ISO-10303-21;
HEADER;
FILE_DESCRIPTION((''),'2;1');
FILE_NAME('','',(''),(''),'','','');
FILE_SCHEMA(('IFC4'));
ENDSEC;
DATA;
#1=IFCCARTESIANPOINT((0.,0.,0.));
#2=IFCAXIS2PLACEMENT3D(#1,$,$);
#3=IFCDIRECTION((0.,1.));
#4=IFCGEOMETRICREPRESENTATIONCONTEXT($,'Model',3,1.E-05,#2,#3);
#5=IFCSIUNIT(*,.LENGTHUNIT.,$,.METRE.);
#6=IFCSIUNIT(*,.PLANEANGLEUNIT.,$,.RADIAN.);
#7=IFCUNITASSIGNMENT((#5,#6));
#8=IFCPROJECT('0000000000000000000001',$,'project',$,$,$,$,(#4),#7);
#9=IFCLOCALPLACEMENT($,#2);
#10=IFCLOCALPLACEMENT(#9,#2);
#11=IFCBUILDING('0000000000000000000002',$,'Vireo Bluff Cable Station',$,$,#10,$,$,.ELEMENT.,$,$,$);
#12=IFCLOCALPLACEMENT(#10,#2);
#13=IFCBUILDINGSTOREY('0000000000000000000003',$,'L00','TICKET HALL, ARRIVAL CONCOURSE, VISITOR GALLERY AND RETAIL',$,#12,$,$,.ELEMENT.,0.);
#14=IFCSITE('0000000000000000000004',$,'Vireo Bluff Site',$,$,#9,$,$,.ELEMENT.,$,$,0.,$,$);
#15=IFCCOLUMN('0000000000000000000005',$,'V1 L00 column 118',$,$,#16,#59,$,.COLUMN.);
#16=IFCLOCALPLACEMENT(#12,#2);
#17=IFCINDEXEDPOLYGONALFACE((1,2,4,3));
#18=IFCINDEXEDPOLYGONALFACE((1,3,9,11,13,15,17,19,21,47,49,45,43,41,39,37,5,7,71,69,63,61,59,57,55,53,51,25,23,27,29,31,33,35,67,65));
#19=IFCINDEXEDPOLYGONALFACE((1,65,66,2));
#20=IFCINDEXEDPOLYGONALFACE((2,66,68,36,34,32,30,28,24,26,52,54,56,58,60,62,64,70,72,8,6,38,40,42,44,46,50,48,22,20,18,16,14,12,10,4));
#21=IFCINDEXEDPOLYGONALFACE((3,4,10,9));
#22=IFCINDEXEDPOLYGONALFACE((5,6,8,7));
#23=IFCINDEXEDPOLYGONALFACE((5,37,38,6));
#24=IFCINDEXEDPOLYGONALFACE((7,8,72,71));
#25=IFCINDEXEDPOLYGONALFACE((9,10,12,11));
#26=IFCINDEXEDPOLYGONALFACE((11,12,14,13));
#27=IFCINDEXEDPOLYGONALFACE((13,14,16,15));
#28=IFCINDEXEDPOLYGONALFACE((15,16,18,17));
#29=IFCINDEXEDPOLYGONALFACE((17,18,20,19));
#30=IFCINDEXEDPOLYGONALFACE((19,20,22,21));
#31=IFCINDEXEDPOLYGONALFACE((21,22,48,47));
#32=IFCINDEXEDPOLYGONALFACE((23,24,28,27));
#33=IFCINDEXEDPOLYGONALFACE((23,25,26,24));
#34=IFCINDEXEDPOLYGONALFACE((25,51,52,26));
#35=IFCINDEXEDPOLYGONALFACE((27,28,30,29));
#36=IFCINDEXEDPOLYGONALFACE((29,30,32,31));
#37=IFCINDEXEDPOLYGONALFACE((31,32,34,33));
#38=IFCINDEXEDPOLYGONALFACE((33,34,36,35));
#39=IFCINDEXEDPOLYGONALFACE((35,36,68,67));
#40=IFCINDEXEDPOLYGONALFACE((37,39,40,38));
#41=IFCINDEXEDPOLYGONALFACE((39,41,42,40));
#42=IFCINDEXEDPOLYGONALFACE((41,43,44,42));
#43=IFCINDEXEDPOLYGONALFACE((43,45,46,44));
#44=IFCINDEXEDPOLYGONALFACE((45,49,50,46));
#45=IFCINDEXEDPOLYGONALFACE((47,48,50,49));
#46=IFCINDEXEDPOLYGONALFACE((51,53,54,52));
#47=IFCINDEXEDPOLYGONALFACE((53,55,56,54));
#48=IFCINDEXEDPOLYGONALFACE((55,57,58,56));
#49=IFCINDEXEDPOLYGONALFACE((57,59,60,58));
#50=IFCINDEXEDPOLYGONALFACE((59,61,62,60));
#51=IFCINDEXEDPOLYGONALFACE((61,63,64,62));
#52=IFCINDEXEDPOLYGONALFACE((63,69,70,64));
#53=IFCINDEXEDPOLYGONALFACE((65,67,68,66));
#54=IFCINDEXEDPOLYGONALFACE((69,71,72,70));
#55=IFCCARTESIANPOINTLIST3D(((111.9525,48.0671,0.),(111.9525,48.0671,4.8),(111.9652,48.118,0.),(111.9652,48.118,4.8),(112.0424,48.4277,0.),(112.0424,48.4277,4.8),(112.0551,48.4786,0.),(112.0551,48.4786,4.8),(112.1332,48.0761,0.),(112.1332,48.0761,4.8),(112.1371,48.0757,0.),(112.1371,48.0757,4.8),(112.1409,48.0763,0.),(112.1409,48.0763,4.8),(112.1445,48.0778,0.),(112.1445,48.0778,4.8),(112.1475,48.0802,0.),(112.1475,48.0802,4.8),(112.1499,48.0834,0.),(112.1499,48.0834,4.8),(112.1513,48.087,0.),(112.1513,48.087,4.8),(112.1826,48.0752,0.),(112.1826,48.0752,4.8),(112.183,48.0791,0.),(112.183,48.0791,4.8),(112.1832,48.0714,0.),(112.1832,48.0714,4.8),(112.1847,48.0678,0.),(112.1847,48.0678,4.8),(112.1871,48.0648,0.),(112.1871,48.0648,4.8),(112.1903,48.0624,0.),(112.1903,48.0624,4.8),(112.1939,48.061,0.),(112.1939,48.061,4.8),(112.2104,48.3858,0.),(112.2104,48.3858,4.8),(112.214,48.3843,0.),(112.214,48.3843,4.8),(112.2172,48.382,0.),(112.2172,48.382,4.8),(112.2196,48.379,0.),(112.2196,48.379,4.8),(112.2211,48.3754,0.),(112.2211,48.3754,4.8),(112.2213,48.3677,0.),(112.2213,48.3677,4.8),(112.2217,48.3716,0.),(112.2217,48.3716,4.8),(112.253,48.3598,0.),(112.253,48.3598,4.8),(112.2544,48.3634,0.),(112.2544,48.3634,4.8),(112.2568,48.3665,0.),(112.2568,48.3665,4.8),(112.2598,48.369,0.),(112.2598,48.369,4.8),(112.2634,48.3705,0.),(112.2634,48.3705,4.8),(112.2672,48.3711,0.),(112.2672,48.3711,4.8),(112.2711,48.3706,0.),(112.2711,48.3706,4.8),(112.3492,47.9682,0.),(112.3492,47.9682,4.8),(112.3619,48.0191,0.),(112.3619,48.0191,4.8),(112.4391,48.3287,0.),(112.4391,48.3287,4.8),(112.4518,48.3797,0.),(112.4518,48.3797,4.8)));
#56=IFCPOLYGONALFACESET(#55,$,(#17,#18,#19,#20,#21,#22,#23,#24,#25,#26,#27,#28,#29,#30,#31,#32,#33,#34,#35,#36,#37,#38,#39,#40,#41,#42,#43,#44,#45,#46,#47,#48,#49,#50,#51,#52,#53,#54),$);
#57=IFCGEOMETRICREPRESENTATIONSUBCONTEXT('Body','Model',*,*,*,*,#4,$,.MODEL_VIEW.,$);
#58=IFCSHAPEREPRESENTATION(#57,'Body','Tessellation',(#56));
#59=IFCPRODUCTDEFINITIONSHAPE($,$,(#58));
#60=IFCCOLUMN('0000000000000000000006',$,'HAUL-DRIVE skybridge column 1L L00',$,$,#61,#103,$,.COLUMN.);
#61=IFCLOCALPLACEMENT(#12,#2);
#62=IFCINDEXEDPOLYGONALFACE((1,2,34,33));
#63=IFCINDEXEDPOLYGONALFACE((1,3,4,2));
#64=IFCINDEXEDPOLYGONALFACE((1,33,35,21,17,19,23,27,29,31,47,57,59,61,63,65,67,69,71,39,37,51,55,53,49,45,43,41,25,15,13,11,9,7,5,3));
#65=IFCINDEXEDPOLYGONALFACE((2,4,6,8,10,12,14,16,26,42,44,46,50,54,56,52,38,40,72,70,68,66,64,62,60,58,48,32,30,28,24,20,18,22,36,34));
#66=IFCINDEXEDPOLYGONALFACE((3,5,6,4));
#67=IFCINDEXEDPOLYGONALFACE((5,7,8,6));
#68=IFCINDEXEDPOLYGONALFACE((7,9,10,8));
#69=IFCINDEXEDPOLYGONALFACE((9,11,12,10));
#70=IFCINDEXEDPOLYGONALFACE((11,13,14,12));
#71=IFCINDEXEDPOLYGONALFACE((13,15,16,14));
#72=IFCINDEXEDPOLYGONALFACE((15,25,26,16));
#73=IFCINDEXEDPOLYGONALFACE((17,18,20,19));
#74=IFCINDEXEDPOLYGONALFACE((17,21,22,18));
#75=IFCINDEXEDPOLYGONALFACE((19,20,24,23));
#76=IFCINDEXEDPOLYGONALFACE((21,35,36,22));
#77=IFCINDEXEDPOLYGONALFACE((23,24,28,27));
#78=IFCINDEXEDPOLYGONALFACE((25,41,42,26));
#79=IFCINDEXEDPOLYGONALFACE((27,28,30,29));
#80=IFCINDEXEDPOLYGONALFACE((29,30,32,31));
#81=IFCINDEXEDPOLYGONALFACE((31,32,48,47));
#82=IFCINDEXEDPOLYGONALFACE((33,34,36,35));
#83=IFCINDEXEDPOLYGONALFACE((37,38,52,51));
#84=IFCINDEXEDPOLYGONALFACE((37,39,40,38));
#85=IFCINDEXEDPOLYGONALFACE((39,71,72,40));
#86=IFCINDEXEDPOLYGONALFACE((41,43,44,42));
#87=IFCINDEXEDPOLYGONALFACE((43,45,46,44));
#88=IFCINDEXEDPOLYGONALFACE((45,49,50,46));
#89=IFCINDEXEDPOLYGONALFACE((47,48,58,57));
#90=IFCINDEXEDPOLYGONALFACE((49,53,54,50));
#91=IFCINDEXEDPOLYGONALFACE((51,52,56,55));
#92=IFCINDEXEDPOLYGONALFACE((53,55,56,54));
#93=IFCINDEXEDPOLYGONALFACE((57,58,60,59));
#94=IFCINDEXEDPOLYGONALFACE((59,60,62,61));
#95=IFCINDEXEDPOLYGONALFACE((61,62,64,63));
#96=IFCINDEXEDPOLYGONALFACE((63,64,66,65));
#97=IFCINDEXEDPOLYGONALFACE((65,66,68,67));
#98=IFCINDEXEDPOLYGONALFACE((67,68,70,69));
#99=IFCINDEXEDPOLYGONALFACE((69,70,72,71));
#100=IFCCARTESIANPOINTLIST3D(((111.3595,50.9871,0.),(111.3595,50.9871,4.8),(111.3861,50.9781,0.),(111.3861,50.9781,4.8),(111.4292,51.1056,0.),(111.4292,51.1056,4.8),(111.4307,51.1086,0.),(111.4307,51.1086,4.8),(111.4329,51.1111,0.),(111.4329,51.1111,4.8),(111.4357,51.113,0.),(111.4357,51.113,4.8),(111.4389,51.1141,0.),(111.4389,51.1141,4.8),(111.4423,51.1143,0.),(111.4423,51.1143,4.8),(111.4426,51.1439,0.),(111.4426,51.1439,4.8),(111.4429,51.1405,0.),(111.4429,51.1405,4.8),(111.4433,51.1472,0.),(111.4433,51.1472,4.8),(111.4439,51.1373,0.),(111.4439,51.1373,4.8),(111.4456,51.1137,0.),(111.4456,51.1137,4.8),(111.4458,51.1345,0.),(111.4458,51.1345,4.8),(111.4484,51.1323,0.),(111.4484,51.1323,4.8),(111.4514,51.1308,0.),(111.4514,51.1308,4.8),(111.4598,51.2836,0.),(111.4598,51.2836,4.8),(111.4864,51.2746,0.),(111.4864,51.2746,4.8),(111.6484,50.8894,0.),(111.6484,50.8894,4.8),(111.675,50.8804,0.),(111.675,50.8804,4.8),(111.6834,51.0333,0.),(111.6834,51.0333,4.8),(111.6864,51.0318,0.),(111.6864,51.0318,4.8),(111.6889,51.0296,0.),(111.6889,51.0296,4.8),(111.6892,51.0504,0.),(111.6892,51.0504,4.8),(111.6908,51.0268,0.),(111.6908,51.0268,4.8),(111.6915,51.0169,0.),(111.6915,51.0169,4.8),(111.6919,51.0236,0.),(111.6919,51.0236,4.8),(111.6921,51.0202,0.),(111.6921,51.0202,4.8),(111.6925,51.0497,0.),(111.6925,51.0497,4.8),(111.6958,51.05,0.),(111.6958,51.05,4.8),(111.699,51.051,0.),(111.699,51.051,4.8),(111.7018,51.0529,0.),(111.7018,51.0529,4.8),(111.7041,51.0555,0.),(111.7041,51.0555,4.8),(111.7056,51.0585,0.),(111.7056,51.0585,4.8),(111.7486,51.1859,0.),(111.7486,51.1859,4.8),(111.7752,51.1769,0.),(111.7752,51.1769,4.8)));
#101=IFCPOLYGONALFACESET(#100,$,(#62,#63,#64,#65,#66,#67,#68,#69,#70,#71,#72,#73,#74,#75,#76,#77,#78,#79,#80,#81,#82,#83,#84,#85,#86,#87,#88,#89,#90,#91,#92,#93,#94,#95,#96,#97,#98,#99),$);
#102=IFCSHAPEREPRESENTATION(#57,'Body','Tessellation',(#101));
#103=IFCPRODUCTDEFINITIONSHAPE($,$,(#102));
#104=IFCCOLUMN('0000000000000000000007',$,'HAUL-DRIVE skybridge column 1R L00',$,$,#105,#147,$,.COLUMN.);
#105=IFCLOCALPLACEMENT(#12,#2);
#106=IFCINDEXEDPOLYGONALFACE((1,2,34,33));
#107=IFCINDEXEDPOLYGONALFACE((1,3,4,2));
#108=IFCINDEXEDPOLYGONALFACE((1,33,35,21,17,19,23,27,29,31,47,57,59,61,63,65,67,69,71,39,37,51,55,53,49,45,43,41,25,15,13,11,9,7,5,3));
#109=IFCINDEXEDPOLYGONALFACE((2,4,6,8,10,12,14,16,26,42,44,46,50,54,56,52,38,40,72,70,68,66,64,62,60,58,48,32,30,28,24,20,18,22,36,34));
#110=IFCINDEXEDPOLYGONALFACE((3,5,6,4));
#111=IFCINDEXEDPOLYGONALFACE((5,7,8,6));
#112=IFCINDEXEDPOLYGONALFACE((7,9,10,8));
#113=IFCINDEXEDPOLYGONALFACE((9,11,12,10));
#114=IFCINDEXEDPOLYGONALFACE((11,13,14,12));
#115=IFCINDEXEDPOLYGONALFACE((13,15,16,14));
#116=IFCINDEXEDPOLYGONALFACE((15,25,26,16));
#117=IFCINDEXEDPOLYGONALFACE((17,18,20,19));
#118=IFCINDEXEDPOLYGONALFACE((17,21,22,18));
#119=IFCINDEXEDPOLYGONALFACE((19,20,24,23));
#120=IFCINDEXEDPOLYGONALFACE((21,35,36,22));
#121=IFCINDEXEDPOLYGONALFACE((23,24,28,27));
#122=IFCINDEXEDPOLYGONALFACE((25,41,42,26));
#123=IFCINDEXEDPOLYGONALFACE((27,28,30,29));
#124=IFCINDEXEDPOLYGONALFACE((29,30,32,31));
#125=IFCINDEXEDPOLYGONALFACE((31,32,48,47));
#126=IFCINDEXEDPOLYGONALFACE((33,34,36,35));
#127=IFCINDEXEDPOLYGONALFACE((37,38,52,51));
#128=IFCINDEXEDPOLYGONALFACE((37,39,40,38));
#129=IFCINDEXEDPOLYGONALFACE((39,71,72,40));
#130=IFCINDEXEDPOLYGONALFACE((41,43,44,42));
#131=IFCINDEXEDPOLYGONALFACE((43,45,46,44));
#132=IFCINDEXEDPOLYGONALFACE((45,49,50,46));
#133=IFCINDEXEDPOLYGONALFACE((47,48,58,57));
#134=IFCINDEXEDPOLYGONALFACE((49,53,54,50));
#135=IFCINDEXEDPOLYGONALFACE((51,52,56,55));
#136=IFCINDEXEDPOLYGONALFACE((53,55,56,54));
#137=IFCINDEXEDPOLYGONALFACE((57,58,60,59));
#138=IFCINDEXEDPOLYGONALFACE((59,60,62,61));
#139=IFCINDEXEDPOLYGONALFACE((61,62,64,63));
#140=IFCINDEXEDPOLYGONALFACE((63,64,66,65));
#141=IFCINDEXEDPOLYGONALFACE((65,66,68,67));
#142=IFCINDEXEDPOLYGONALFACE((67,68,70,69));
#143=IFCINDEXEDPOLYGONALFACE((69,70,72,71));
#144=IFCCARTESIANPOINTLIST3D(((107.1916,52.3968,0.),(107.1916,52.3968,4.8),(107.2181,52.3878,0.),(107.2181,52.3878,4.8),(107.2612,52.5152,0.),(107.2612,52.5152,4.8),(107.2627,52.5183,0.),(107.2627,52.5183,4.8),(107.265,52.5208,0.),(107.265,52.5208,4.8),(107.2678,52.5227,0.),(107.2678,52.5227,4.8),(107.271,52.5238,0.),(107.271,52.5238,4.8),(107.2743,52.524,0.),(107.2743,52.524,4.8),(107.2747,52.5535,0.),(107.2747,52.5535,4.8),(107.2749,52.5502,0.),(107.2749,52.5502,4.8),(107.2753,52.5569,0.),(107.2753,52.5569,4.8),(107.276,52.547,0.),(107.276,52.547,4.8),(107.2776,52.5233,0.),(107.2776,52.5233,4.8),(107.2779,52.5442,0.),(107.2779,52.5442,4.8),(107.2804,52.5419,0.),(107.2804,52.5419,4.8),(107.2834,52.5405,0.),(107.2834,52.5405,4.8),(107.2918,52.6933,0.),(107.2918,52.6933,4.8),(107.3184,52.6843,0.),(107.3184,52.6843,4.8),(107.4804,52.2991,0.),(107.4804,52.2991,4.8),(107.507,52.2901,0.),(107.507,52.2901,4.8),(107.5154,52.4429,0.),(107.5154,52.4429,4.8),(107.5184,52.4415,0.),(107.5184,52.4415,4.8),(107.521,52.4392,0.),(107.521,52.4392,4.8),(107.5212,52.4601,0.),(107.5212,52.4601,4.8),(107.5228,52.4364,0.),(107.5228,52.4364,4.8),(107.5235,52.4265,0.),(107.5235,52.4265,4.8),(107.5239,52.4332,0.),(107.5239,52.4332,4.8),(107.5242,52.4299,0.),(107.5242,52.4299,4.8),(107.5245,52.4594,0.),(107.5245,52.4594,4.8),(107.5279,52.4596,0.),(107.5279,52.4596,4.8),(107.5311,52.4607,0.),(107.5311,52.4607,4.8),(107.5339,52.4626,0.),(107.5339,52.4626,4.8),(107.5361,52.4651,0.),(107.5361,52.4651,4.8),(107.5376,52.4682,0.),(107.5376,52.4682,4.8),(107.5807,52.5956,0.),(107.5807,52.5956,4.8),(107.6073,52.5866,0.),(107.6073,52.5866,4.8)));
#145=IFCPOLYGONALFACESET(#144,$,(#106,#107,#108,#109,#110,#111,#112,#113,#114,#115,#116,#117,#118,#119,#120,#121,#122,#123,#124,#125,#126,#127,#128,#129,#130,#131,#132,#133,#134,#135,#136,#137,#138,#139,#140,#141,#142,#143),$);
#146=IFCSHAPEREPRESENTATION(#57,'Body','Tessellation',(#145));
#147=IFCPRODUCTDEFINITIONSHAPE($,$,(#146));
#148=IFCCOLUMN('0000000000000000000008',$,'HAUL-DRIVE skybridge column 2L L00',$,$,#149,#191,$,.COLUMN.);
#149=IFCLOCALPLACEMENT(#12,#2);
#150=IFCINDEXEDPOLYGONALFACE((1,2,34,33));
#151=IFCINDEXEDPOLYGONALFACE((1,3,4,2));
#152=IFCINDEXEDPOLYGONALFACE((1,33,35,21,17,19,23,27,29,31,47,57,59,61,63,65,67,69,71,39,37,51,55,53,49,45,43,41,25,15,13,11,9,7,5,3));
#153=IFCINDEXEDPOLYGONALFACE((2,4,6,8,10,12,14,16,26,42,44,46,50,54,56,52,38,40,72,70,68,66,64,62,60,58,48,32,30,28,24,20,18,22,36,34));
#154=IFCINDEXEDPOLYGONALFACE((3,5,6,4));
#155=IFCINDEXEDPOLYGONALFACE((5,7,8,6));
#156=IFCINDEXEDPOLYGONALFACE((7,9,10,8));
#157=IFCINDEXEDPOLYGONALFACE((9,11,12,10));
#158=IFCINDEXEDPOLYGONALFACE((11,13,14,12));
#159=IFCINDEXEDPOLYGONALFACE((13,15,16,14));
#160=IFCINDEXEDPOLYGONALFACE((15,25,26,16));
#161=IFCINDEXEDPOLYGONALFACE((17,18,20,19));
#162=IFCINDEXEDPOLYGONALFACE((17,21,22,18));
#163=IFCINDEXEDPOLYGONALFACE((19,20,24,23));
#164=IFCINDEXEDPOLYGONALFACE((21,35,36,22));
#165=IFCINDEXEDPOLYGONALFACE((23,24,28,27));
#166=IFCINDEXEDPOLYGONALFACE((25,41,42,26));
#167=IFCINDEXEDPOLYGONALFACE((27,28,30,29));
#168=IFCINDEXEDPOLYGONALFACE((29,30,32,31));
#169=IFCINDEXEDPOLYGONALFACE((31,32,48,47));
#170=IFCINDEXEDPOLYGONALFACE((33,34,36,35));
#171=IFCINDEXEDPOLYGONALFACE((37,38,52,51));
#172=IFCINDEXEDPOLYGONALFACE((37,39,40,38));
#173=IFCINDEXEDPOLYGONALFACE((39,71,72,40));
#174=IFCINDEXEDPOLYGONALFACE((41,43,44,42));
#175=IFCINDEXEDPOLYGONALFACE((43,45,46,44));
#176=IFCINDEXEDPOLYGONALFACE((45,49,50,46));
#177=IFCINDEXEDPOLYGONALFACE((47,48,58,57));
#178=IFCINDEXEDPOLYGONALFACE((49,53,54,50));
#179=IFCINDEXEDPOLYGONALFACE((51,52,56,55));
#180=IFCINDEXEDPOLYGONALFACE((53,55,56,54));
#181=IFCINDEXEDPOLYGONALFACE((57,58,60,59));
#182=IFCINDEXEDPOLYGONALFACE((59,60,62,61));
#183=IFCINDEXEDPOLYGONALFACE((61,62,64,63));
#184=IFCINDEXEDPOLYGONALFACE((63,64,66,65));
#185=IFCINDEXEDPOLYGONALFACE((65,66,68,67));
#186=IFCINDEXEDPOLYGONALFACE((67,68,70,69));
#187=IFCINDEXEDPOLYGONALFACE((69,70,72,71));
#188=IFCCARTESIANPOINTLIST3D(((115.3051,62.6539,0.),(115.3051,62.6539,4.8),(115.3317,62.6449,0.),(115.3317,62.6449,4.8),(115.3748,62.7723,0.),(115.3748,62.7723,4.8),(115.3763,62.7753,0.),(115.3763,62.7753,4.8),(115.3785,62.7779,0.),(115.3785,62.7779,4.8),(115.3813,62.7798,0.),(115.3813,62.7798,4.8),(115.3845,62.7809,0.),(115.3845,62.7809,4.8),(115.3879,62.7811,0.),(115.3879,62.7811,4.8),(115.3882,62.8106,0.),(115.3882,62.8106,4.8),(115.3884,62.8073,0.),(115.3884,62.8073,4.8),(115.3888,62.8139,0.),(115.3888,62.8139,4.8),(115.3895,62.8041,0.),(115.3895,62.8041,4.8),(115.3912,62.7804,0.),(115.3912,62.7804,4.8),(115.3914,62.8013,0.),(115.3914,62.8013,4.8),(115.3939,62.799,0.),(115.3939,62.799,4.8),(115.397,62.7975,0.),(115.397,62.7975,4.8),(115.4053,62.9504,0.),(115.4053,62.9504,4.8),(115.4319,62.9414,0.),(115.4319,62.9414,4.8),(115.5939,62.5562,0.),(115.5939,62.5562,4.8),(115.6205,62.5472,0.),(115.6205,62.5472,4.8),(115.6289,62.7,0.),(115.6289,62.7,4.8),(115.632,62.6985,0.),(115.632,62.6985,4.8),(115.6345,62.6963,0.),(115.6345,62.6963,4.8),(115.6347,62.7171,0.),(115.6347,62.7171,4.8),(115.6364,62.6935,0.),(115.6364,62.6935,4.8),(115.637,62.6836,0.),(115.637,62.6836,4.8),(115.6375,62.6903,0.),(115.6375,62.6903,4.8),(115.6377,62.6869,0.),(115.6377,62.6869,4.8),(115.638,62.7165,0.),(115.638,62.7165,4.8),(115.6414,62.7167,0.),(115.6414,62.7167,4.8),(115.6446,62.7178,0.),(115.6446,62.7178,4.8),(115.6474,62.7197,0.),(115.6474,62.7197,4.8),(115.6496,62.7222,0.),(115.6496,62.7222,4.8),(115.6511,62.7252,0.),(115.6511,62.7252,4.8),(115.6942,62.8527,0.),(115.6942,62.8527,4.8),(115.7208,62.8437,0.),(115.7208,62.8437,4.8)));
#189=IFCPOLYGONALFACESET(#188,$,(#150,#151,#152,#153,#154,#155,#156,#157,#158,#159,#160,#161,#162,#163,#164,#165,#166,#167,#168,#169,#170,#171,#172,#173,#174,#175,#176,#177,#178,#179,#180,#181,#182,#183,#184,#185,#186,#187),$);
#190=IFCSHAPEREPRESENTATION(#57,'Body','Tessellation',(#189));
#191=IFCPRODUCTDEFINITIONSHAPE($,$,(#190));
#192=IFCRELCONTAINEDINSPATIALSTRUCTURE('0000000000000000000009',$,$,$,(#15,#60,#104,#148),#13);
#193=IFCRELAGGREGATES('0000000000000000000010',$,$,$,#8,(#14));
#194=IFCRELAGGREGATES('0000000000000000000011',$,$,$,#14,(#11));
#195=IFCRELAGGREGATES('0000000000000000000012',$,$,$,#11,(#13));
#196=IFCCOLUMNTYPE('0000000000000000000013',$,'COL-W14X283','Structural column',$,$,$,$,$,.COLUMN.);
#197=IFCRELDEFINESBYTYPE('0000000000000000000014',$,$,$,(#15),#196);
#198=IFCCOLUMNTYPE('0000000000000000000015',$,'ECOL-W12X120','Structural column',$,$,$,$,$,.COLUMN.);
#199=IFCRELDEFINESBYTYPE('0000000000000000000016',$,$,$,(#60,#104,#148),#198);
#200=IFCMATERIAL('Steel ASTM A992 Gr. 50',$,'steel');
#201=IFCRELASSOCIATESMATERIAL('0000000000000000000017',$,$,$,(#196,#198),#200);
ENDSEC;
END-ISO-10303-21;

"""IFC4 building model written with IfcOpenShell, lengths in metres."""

from ifc_helpers import new_model, si_unit, direction, frame, origin, origin_2d, place, context, subcontext, project, spatial, i_section, extrude, material, material_profile, profile_set, type_object, element, save


model = new_model("IFC4")

# Units and contexts
model_context = context("Model", 3, precision=1e-05, world=origin(), true_north=direction((0.0, 1.0)))
body_context = subcontext(model_context, "Body", "Model", "MODEL_VIEW")
ifc_project = project(units=[si_unit("LENGTHUNIT", "METRE"), si_unit("PLANEANGLEUNIT", "RADIAN")], contexts=[model_context])

# Site, building, storey
site_placement = place(None, origin())
site = spatial("IfcSite", under=ifc_project, at=site_placement, Name="Vireo Bluff Site", CompositionType="ELEMENT", RefElevation=0.0)
building_placement = place(site_placement, origin())
building = spatial("IfcBuilding", under=site, at=building_placement, Name="Vireo Bluff Cable Station", CompositionType="ELEMENT")
storey_placement = place(building_placement, origin())
storey = spatial("IfcBuildingStorey", under=building, at=storey_placement, Name="L00", Description="TICKET HALL, ARRIVAL CONCOURSE, VISITOR GALLERY AND RETAIL", CompositionType="ELEMENT", Elevation=0.0)

# Columns
ifc_material_1 = material(Name="Steel ASTM A992 Gr. 50", Category="steel")
ifc_material_profile_1 = material_profile(ifc_material_1, i_section(OverallWidth=0.4089, OverallDepth=0.4241, WebThickness=0.0327, FlangeThickness=0.0525, FilletRadius=0.0149, at=origin_2d()), Name="W14X283")
ifc_profile_set_1 = profile_set([ifc_material_profile_1], Name="Steel ASTM A992 Gr. 50")
column_type_1 = type_object("IfcColumnType", Name="COL-W14X283", Description="Structural column", PredefinedType="COLUMN", material=ifc_profile_set_1)
column_1_placement = place(storey_placement, frame((112.2021, 48.2234, 0.0), z_axis=(0.0, 0.0, 1.0), x_axis=(0.970296, -0.241922, 0.0)))
element("IfcColumn", 1, at=column_1_placement, inside=storey, type_object=column_type_1, Name="V1 L00 column 118", PredefinedType="COLUMN", context=body_context, shape_type="SweptSolid", body=[
    extrude(i_section(OverallWidth=0.4089, OverallDepth=0.4241, WebThickness=0.0327, FlangeThickness=0.0525, FilletRadius=0.0149, at=origin_2d()), origin(), (0.0, 0.0, 1.0), 4.8),
])
ifc_material_profile_2 = material_profile(ifc_material_1, i_section(OverallWidth=0.313, OverallDepth=0.333, WebThickness=0.0181, FlangeThickness=0.0281, FilletRadius=0.0129, at=origin_2d()), Name="W12X120")
ifc_profile_set_2 = profile_set([ifc_material_profile_2], Name="Steel ASTM A992 Gr. 50")
column_type_2 = type_object("IfcColumnType", Name="ECOL-W12X120", Description="Structural column", PredefinedType="COLUMN", material=ifc_profile_set_2)
for number, where, z_axis, x_axis, name in (
    (2, (111.5674, 51.082, 0.0), (0.0, 0.0, 1.0), (0.320352, 0.947299, 0.0), "HAUL-DRIVE skybridge column 1L L00"),
    (3, (107.3994, 52.4917, 0.0), (0.0, 0.0, 1.0), (0.320352, 0.947299, 0.0), "HAUL-DRIVE skybridge column 1R L00"),
    (4, (115.5129, 62.7488, 0.0), (0.0, 0.0, 1.0), (0.320352, 0.947299, 0.0), "HAUL-DRIVE skybridge column 2L L00"),
):
    element("IfcColumn", number, at=place(storey_placement, frame(where, z_axis=z_axis, x_axis=x_axis)), inside=storey, type_object=column_type_2, Name=name, PredefinedType="COLUMN", context=body_context, shape_type="SweptSolid", body=[
        extrude(i_section(OverallWidth=0.313, OverallDepth=0.333, WebThickness=0.0181, FlangeThickness=0.0281, FilletRadius=0.0129, at=origin_2d()), origin(), (0.0, 0.0, 1.0), 4.8),
    ])

save(model, "model.ifc")
